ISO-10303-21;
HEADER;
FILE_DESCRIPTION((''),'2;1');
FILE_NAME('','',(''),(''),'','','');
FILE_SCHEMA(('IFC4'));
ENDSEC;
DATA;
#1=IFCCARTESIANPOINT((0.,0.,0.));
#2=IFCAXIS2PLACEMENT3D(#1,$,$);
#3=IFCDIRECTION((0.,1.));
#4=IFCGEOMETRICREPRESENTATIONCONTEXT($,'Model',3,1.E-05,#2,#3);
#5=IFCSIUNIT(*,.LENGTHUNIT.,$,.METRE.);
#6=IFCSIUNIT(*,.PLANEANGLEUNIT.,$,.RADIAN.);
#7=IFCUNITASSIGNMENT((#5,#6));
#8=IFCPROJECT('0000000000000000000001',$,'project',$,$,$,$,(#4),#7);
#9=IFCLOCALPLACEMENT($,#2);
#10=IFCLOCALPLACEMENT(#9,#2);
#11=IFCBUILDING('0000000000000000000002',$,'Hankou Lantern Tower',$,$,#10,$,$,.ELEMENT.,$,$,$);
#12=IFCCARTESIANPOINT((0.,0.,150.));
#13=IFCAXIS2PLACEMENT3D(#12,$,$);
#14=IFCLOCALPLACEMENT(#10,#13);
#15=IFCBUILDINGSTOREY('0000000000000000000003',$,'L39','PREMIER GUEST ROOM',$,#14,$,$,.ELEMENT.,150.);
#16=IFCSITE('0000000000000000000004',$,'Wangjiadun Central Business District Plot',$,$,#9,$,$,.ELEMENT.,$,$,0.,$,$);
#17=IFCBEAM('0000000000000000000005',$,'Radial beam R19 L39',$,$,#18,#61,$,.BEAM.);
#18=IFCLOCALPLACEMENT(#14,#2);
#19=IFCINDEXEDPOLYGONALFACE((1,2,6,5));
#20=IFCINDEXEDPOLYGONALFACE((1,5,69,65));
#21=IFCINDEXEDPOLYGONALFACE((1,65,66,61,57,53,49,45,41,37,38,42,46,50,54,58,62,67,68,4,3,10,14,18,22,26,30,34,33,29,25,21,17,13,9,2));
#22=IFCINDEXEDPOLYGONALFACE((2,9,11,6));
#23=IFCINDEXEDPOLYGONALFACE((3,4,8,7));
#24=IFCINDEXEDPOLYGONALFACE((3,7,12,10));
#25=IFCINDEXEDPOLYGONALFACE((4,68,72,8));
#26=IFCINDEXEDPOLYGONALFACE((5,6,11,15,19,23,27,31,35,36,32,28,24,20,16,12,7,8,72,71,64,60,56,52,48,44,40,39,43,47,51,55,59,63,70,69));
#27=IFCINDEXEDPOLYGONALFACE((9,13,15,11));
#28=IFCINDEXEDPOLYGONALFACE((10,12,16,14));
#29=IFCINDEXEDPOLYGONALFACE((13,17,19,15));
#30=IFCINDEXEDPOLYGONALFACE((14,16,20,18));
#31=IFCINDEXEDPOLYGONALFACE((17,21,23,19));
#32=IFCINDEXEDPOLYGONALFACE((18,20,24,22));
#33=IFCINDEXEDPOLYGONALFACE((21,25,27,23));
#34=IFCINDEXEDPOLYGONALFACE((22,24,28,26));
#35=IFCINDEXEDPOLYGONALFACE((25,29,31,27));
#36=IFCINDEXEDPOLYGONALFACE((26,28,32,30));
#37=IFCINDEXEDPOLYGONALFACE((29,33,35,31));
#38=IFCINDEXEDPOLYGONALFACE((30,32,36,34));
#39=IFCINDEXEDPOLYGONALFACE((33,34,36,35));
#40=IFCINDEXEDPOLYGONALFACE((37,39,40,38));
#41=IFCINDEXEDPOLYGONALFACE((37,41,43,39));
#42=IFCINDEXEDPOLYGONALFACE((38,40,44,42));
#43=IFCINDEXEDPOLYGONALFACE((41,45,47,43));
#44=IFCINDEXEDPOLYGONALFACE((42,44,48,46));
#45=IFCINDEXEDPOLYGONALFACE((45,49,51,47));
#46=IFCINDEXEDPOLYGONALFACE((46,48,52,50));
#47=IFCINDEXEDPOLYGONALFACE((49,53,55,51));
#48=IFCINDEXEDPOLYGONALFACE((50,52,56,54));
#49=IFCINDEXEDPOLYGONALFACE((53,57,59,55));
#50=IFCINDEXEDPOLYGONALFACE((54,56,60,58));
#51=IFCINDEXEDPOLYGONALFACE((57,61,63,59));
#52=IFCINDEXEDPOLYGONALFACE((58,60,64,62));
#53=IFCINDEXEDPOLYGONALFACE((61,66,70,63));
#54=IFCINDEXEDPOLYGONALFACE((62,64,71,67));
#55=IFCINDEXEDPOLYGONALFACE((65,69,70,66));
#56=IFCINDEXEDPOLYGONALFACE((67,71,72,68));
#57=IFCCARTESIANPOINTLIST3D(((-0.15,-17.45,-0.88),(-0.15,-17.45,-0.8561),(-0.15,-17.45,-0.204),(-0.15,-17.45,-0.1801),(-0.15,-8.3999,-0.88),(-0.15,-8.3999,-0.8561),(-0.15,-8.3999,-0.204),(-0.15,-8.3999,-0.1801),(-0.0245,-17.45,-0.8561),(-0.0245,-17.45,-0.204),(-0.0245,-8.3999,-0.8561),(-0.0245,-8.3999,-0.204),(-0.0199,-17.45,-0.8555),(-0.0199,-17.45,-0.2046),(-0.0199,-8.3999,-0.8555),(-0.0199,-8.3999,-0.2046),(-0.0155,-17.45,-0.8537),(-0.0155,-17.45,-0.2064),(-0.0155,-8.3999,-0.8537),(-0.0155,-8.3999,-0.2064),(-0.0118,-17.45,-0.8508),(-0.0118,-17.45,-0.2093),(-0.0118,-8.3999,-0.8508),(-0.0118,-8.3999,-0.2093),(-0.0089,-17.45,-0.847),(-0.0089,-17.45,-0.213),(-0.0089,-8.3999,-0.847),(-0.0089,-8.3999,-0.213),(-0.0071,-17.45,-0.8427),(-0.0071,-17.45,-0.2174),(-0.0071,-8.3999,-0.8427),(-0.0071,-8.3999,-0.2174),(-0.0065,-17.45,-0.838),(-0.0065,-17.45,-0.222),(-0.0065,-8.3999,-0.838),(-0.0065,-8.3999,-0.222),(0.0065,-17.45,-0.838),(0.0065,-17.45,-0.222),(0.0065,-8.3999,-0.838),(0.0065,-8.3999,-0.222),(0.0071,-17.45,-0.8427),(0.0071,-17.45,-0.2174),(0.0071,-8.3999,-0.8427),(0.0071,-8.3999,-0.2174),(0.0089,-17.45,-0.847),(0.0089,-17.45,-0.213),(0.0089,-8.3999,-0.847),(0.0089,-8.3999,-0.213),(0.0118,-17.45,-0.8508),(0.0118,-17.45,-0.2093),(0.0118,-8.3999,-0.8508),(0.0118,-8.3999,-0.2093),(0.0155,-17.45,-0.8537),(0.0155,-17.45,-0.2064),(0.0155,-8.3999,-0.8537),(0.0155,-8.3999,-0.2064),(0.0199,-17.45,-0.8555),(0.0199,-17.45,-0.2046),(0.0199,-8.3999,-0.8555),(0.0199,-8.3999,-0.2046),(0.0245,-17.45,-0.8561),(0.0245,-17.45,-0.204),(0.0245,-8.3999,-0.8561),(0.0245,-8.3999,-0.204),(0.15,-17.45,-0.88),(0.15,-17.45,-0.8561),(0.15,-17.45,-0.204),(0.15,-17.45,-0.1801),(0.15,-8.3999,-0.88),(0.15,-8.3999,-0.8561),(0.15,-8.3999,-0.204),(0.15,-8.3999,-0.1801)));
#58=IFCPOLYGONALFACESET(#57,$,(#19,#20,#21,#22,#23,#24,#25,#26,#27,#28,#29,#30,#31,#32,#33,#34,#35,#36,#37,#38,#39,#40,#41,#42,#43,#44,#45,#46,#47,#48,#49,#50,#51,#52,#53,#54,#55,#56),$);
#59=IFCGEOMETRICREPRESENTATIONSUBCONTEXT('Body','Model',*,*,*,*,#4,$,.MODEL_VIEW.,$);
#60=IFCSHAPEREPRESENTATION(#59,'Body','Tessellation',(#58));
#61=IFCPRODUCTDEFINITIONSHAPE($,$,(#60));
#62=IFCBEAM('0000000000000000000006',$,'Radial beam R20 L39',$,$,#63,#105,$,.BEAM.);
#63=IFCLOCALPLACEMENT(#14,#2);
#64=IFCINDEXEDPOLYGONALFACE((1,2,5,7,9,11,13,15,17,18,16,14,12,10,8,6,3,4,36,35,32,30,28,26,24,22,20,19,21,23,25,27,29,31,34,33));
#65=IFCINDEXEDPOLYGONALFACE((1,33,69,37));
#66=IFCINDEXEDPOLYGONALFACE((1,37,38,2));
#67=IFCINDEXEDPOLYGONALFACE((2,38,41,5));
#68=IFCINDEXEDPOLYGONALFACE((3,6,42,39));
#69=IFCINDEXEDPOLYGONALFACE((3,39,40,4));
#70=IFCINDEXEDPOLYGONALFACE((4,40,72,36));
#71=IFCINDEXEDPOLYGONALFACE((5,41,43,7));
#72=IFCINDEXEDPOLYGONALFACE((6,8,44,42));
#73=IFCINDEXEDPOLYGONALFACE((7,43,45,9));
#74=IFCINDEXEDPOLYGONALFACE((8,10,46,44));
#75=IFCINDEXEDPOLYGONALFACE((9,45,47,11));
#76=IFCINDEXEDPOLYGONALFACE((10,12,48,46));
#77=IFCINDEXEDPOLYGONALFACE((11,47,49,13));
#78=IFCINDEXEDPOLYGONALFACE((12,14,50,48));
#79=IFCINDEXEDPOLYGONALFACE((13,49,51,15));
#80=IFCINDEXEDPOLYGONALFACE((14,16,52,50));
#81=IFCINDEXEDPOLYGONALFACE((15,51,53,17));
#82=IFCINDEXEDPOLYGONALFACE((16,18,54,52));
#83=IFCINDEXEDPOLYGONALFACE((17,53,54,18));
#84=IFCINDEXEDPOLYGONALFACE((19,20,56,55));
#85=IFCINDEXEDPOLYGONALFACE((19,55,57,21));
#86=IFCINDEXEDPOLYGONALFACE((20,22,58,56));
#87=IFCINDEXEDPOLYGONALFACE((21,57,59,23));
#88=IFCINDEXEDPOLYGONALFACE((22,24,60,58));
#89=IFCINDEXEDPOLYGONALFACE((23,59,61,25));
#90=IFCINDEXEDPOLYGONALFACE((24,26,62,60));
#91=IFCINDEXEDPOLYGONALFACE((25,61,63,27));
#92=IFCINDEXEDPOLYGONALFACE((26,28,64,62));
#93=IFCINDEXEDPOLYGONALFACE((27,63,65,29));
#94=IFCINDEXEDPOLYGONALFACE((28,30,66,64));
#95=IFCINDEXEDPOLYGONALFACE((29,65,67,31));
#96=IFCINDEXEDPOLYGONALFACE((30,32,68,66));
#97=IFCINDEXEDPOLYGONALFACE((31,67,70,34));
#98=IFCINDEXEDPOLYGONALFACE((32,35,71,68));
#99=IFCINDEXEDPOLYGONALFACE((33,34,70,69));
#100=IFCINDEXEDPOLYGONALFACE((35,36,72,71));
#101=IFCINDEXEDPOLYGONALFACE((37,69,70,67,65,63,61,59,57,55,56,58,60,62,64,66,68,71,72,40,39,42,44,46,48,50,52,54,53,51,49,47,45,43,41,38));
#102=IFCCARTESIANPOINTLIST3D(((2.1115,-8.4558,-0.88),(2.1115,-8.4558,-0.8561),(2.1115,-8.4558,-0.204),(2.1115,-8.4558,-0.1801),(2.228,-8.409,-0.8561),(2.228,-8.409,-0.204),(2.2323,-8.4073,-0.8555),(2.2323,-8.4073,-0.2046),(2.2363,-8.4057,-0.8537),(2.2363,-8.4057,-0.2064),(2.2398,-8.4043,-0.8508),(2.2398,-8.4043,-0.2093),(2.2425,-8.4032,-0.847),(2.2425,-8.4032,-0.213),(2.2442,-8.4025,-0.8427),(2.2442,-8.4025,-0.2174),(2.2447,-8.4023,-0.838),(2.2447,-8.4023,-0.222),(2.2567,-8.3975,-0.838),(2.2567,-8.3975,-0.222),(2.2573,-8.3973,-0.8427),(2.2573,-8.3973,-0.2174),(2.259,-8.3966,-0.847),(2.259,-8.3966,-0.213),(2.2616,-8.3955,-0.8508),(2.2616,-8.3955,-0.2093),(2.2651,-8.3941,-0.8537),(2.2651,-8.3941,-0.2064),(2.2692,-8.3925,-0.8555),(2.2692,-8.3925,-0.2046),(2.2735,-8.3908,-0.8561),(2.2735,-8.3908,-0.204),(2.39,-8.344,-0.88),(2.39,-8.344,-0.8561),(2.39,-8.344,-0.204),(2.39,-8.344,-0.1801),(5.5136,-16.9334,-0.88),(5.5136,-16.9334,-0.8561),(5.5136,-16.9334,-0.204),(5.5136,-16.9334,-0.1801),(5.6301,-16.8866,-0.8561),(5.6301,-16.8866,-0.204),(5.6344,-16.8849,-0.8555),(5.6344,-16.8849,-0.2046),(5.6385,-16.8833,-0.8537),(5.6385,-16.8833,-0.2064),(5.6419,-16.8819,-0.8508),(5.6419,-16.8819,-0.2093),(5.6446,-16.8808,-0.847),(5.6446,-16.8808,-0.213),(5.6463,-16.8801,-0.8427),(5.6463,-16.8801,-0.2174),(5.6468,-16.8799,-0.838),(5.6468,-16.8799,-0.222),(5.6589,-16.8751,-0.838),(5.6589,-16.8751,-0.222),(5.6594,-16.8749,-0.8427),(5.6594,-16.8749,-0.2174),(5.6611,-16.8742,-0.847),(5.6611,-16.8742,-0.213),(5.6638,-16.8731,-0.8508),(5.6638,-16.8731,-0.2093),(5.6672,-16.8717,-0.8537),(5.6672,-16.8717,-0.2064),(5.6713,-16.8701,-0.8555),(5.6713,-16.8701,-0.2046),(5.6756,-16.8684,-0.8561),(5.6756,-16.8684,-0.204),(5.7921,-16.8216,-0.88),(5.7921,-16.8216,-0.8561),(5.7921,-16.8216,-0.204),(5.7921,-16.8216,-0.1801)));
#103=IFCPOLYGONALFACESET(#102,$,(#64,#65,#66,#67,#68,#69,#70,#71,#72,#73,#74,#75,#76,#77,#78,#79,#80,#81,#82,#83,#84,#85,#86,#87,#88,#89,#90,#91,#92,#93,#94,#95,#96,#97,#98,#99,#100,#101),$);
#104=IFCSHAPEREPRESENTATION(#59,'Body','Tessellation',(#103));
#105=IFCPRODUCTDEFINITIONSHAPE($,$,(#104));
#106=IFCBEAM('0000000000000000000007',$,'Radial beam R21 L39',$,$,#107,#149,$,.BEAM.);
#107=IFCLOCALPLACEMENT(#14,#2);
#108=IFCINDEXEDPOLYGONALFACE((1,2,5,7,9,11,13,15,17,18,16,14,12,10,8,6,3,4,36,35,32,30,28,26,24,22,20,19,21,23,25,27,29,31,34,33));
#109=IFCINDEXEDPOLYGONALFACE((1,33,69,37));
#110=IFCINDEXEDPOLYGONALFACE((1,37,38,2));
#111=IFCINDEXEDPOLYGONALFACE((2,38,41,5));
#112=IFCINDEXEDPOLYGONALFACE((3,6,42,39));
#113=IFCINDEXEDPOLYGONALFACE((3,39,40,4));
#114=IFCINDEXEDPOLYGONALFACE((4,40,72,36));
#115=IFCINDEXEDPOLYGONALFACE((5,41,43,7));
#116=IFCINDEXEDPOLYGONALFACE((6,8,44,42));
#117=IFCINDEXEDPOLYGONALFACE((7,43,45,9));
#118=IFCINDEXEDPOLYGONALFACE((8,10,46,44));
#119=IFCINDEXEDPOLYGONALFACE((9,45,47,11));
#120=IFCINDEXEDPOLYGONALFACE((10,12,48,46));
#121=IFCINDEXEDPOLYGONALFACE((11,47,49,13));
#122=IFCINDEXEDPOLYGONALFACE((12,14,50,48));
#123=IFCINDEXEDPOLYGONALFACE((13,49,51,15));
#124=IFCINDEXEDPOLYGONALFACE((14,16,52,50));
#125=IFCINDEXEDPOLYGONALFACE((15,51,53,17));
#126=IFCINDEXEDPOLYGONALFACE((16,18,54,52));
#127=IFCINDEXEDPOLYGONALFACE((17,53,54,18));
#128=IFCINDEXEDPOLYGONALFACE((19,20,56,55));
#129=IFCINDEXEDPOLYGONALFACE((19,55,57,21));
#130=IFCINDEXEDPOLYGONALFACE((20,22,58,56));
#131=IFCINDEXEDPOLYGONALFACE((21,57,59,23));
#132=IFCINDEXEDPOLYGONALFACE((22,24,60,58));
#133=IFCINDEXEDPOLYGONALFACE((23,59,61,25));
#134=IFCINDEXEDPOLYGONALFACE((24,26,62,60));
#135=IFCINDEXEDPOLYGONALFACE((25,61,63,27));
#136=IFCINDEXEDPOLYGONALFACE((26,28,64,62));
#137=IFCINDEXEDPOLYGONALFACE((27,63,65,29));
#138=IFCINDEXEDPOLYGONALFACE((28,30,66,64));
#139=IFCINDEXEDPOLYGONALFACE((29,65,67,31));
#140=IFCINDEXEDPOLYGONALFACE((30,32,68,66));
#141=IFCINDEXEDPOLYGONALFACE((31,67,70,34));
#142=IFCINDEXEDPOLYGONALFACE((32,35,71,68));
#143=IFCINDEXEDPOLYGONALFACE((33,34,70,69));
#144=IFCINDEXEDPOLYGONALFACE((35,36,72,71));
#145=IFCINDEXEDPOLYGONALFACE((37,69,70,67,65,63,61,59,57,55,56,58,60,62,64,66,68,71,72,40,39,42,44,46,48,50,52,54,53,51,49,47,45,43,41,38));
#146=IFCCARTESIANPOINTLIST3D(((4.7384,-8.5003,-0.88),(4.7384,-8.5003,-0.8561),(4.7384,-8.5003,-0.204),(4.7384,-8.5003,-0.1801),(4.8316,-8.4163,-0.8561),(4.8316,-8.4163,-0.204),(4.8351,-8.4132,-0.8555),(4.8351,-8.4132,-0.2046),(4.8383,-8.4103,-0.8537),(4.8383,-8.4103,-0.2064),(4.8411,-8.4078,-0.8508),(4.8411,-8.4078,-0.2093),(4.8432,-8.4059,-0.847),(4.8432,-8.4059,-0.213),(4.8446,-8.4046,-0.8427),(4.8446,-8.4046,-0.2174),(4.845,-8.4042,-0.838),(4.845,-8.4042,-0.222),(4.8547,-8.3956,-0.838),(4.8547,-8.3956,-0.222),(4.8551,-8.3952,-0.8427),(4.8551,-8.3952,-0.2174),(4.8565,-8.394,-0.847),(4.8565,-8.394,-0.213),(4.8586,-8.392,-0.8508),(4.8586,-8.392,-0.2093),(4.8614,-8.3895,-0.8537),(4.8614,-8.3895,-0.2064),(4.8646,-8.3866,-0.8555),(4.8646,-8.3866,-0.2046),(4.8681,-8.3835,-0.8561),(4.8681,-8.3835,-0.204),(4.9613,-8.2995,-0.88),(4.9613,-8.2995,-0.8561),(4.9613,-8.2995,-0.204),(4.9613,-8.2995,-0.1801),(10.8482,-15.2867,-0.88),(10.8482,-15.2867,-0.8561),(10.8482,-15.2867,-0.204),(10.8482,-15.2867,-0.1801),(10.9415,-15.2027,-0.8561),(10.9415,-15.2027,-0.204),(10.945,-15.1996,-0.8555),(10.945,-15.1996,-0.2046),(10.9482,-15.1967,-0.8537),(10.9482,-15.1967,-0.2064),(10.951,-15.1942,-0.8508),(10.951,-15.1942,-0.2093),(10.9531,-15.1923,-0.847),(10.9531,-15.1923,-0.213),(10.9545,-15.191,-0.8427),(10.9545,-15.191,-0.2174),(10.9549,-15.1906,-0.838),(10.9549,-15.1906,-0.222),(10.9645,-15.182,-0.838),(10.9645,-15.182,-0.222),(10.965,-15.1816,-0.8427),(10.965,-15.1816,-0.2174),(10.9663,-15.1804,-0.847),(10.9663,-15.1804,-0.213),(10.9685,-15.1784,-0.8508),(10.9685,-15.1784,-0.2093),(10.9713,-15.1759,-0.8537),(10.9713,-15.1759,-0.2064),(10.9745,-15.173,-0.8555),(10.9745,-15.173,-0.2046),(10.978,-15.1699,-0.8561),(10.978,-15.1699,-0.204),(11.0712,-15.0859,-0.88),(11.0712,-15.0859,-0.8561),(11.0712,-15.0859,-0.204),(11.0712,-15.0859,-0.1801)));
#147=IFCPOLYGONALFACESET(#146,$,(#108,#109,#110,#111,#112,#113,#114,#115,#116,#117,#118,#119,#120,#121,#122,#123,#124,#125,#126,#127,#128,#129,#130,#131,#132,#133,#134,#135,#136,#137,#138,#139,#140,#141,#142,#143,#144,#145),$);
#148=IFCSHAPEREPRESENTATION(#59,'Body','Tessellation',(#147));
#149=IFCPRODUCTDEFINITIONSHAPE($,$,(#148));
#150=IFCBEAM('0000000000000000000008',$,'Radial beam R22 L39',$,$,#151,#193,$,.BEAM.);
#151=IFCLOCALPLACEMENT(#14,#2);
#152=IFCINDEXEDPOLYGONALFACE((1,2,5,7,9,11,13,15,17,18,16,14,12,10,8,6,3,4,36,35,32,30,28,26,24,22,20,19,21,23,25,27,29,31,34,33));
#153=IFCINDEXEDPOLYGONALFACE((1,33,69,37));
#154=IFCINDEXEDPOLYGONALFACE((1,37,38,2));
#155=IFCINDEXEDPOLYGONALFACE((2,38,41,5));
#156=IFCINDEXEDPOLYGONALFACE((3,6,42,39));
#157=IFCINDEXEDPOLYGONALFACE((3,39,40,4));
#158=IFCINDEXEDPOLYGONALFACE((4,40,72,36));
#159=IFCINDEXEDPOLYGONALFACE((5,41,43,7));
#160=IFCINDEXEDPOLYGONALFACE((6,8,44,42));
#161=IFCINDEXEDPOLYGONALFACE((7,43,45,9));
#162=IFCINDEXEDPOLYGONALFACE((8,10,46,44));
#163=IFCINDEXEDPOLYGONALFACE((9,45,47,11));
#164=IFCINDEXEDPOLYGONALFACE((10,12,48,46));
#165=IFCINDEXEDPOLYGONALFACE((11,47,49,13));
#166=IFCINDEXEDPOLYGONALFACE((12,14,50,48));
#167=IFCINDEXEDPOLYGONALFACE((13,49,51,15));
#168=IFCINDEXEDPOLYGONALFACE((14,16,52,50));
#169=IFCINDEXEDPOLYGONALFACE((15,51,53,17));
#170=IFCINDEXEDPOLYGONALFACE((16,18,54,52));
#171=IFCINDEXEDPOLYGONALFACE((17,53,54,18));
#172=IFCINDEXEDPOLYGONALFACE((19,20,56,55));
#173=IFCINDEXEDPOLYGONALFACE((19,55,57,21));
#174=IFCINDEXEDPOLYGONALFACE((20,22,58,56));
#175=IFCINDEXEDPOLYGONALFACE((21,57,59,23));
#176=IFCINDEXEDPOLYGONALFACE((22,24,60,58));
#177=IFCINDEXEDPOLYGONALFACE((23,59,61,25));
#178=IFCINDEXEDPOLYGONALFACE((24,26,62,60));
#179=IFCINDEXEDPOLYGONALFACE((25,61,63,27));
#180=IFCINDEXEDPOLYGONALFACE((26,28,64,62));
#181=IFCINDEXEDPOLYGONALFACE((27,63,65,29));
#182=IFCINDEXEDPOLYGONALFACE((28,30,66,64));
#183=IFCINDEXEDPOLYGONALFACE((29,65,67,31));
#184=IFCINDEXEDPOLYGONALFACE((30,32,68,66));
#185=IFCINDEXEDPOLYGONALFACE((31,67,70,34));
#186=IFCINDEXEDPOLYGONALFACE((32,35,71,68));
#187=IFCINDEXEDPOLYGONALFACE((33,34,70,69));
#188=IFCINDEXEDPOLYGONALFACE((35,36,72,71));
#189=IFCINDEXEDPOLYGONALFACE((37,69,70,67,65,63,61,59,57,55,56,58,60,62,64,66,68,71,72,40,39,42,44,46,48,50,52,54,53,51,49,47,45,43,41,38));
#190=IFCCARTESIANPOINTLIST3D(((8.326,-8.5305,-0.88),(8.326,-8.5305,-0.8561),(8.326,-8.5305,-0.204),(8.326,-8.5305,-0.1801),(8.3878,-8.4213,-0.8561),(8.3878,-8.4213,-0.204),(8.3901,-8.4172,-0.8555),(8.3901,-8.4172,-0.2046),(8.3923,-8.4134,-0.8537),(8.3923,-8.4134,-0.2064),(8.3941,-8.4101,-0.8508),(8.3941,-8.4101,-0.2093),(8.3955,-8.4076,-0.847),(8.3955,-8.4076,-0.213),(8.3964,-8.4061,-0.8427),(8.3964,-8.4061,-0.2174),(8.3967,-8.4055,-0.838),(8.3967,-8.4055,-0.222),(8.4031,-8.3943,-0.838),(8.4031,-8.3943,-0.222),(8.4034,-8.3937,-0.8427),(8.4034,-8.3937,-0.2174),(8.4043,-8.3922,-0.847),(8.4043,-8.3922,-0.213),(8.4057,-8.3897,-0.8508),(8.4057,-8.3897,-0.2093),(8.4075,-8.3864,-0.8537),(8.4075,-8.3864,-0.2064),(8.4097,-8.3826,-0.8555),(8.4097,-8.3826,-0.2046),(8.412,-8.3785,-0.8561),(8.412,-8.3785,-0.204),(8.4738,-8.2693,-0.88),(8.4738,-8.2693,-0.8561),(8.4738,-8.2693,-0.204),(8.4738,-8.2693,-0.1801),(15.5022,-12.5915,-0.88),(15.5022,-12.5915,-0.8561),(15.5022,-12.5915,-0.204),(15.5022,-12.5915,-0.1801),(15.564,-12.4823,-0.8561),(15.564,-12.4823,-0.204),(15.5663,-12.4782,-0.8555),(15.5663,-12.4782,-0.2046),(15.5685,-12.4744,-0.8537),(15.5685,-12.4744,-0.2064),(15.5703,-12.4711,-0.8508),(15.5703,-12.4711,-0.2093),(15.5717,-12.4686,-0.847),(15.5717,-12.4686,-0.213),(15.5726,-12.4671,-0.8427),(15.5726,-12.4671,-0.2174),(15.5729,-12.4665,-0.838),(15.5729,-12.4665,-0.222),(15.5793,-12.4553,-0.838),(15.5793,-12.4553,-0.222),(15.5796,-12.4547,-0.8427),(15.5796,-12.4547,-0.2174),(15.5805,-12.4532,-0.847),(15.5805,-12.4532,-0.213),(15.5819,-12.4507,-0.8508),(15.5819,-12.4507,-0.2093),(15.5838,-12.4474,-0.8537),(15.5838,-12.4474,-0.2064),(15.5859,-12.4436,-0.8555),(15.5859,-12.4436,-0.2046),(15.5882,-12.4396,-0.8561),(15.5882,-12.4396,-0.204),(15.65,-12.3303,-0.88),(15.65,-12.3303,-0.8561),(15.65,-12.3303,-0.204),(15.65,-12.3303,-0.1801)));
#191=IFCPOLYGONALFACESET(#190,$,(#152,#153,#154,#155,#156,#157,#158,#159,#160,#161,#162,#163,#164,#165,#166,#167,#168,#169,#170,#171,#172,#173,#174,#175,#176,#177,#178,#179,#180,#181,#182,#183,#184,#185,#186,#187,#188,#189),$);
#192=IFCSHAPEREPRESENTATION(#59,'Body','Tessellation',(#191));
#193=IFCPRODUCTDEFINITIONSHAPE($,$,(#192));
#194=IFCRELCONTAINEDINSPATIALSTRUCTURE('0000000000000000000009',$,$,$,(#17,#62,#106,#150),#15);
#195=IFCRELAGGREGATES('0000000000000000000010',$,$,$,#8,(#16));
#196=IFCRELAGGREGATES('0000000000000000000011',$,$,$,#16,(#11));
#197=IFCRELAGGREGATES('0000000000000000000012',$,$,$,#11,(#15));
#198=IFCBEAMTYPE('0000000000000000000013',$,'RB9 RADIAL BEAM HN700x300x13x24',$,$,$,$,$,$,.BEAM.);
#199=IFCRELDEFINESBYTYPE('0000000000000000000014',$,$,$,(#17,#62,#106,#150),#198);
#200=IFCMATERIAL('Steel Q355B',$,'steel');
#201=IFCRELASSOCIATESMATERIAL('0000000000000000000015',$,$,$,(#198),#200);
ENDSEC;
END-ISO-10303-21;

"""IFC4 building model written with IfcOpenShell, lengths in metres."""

from ifc_helpers import new_model, si_unit, direction, frame, origin, origin_2d, place, context, subcontext, project, spatial, i_section, extrude, material, material_profile, profile_set, type_object, element, save


model = new_model("IFC4")

# Units and contexts
model_context = context("Model", 3, precision=1e-05, world=origin(), true_north=direction((0.0, 1.0)))
body_context = subcontext(model_context, "Body", "Model", "MODEL_VIEW")
ifc_project = project(units=[si_unit("LENGTHUNIT", "METRE"), si_unit("PLANEANGLEUNIT", "RADIAN")], contexts=[model_context])

# Site, building, storey
site_placement = place(None, origin())
site = spatial("IfcSite", under=ifc_project, at=site_placement, Name="Wangjiadun Central Business District Plot", CompositionType="ELEMENT", RefElevation=0.0)
building_placement = place(site_placement, origin())
building = spatial("IfcBuilding", under=site, at=building_placement, Name="Hankou Lantern Tower", CompositionType="ELEMENT")
storey_placement = place(building_placement, frame((0.0, 0.0, 150.0)))
storey = spatial("IfcBuildingStorey", under=building, at=storey_placement, Name="L39", Description="PREMIER GUEST ROOM", CompositionType="ELEMENT", Elevation=150.0)

# Beams
ifc_material_1 = material(Name="Steel Q355B", Category="steel")
ifc_material_profile_1 = material_profile(ifc_material_1, i_section(OverallWidth=0.3, OverallDepth=0.7, WebThickness=0.0129, FlangeThickness=0.0239, FilletRadius=0.0181, at=origin_2d()), Name="HN700x300x13x24")
ifc_profile_set_1 = profile_set([ifc_material_profile_1], Name="Steel Q355B")
beam_type_1 = type_object("IfcBeamType", Name="RB9 RADIAL BEAM HN700x300x13x24", PredefinedType="BEAM", material=ifc_profile_set_1)
beam_1_placement = place(storey_placement, frame((0.0, -8.3999, -0.53), z_axis=(0.0, -1.0, 0.0), x_axis=(1.0, 0.0, 0.0)))
element("IfcBeam", 1, at=beam_1_placement, inside=storey, type_object=beam_type_1, Name="Radial beam R19 L39", PredefinedType="BEAM", context=body_context, shape_type="SweptSolid", body=[
    extrude(i_section(OverallWidth=0.3, OverallDepth=0.7, WebThickness=0.0129, FlangeThickness=0.0239, FilletRadius=0.0181, at=origin_2d()), origin(), (0.0, 0.0, 1.0), 9.05),
])
beam_2_placement = place(storey_placement, frame((2.2507, -8.3999, -0.53), z_axis=(0.372436, -0.928058, 0.0), x_axis=(0.928058, 0.372436, 0.0)))
element("IfcBeam", 2, at=beam_2_placement, inside=storey, type_object=beam_type_1, Name="Radial beam R20 L39", PredefinedType="BEAM", context=body_context, shape_type="SweptSolid", body=[
    extrude(i_section(OverallWidth=0.3, OverallDepth=0.7, WebThickness=0.0129, FlangeThickness=0.0239, FilletRadius=0.0181, at=origin_2d()), origin(), (0.0, 0.0, 1.0), 9.1348),
])
beam_3_placement = place(storey_placement, frame((4.8499, -8.3999, -0.53), z_axis=(0.669093, -0.743178, 0.0), x_axis=(0.743178, 0.669093, 0.0)))
element("IfcBeam", 3, at=beam_3_placement, inside=storey, type_object=beam_type_1, Name="Radial beam R21 L39", PredefinedType="BEAM", context=body_context, shape_type="SweptSolid", body=[
    extrude(i_section(OverallWidth=0.3, OverallDepth=0.7, WebThickness=0.0129, FlangeThickness=0.0239, FilletRadius=0.0181, at=origin_2d()), origin(), (0.0, 0.0, 1.0), 9.1316),
])
beam_4_placement = place(storey_placement, frame((8.3999, -8.3999, -0.53), z_axis=(0.870309, -0.492506, 0.0), x_axis=(0.492506, 0.870309, 0.0)))
element("IfcBeam", 4, at=beam_4_placement, inside=storey, type_object=beam_type_1, Name="Radial beam R22 L39", PredefinedType="BEAM", context=body_context, shape_type="SweptSolid", body=[
    extrude(i_section(OverallWidth=0.3, OverallDepth=0.7, WebThickness=0.0129, FlangeThickness=0.0239, FilletRadius=0.0181, at=origin_2d()), origin(), (0.0, 0.0, 1.0), 8.2456),
])

save(model, "model.ifc")
